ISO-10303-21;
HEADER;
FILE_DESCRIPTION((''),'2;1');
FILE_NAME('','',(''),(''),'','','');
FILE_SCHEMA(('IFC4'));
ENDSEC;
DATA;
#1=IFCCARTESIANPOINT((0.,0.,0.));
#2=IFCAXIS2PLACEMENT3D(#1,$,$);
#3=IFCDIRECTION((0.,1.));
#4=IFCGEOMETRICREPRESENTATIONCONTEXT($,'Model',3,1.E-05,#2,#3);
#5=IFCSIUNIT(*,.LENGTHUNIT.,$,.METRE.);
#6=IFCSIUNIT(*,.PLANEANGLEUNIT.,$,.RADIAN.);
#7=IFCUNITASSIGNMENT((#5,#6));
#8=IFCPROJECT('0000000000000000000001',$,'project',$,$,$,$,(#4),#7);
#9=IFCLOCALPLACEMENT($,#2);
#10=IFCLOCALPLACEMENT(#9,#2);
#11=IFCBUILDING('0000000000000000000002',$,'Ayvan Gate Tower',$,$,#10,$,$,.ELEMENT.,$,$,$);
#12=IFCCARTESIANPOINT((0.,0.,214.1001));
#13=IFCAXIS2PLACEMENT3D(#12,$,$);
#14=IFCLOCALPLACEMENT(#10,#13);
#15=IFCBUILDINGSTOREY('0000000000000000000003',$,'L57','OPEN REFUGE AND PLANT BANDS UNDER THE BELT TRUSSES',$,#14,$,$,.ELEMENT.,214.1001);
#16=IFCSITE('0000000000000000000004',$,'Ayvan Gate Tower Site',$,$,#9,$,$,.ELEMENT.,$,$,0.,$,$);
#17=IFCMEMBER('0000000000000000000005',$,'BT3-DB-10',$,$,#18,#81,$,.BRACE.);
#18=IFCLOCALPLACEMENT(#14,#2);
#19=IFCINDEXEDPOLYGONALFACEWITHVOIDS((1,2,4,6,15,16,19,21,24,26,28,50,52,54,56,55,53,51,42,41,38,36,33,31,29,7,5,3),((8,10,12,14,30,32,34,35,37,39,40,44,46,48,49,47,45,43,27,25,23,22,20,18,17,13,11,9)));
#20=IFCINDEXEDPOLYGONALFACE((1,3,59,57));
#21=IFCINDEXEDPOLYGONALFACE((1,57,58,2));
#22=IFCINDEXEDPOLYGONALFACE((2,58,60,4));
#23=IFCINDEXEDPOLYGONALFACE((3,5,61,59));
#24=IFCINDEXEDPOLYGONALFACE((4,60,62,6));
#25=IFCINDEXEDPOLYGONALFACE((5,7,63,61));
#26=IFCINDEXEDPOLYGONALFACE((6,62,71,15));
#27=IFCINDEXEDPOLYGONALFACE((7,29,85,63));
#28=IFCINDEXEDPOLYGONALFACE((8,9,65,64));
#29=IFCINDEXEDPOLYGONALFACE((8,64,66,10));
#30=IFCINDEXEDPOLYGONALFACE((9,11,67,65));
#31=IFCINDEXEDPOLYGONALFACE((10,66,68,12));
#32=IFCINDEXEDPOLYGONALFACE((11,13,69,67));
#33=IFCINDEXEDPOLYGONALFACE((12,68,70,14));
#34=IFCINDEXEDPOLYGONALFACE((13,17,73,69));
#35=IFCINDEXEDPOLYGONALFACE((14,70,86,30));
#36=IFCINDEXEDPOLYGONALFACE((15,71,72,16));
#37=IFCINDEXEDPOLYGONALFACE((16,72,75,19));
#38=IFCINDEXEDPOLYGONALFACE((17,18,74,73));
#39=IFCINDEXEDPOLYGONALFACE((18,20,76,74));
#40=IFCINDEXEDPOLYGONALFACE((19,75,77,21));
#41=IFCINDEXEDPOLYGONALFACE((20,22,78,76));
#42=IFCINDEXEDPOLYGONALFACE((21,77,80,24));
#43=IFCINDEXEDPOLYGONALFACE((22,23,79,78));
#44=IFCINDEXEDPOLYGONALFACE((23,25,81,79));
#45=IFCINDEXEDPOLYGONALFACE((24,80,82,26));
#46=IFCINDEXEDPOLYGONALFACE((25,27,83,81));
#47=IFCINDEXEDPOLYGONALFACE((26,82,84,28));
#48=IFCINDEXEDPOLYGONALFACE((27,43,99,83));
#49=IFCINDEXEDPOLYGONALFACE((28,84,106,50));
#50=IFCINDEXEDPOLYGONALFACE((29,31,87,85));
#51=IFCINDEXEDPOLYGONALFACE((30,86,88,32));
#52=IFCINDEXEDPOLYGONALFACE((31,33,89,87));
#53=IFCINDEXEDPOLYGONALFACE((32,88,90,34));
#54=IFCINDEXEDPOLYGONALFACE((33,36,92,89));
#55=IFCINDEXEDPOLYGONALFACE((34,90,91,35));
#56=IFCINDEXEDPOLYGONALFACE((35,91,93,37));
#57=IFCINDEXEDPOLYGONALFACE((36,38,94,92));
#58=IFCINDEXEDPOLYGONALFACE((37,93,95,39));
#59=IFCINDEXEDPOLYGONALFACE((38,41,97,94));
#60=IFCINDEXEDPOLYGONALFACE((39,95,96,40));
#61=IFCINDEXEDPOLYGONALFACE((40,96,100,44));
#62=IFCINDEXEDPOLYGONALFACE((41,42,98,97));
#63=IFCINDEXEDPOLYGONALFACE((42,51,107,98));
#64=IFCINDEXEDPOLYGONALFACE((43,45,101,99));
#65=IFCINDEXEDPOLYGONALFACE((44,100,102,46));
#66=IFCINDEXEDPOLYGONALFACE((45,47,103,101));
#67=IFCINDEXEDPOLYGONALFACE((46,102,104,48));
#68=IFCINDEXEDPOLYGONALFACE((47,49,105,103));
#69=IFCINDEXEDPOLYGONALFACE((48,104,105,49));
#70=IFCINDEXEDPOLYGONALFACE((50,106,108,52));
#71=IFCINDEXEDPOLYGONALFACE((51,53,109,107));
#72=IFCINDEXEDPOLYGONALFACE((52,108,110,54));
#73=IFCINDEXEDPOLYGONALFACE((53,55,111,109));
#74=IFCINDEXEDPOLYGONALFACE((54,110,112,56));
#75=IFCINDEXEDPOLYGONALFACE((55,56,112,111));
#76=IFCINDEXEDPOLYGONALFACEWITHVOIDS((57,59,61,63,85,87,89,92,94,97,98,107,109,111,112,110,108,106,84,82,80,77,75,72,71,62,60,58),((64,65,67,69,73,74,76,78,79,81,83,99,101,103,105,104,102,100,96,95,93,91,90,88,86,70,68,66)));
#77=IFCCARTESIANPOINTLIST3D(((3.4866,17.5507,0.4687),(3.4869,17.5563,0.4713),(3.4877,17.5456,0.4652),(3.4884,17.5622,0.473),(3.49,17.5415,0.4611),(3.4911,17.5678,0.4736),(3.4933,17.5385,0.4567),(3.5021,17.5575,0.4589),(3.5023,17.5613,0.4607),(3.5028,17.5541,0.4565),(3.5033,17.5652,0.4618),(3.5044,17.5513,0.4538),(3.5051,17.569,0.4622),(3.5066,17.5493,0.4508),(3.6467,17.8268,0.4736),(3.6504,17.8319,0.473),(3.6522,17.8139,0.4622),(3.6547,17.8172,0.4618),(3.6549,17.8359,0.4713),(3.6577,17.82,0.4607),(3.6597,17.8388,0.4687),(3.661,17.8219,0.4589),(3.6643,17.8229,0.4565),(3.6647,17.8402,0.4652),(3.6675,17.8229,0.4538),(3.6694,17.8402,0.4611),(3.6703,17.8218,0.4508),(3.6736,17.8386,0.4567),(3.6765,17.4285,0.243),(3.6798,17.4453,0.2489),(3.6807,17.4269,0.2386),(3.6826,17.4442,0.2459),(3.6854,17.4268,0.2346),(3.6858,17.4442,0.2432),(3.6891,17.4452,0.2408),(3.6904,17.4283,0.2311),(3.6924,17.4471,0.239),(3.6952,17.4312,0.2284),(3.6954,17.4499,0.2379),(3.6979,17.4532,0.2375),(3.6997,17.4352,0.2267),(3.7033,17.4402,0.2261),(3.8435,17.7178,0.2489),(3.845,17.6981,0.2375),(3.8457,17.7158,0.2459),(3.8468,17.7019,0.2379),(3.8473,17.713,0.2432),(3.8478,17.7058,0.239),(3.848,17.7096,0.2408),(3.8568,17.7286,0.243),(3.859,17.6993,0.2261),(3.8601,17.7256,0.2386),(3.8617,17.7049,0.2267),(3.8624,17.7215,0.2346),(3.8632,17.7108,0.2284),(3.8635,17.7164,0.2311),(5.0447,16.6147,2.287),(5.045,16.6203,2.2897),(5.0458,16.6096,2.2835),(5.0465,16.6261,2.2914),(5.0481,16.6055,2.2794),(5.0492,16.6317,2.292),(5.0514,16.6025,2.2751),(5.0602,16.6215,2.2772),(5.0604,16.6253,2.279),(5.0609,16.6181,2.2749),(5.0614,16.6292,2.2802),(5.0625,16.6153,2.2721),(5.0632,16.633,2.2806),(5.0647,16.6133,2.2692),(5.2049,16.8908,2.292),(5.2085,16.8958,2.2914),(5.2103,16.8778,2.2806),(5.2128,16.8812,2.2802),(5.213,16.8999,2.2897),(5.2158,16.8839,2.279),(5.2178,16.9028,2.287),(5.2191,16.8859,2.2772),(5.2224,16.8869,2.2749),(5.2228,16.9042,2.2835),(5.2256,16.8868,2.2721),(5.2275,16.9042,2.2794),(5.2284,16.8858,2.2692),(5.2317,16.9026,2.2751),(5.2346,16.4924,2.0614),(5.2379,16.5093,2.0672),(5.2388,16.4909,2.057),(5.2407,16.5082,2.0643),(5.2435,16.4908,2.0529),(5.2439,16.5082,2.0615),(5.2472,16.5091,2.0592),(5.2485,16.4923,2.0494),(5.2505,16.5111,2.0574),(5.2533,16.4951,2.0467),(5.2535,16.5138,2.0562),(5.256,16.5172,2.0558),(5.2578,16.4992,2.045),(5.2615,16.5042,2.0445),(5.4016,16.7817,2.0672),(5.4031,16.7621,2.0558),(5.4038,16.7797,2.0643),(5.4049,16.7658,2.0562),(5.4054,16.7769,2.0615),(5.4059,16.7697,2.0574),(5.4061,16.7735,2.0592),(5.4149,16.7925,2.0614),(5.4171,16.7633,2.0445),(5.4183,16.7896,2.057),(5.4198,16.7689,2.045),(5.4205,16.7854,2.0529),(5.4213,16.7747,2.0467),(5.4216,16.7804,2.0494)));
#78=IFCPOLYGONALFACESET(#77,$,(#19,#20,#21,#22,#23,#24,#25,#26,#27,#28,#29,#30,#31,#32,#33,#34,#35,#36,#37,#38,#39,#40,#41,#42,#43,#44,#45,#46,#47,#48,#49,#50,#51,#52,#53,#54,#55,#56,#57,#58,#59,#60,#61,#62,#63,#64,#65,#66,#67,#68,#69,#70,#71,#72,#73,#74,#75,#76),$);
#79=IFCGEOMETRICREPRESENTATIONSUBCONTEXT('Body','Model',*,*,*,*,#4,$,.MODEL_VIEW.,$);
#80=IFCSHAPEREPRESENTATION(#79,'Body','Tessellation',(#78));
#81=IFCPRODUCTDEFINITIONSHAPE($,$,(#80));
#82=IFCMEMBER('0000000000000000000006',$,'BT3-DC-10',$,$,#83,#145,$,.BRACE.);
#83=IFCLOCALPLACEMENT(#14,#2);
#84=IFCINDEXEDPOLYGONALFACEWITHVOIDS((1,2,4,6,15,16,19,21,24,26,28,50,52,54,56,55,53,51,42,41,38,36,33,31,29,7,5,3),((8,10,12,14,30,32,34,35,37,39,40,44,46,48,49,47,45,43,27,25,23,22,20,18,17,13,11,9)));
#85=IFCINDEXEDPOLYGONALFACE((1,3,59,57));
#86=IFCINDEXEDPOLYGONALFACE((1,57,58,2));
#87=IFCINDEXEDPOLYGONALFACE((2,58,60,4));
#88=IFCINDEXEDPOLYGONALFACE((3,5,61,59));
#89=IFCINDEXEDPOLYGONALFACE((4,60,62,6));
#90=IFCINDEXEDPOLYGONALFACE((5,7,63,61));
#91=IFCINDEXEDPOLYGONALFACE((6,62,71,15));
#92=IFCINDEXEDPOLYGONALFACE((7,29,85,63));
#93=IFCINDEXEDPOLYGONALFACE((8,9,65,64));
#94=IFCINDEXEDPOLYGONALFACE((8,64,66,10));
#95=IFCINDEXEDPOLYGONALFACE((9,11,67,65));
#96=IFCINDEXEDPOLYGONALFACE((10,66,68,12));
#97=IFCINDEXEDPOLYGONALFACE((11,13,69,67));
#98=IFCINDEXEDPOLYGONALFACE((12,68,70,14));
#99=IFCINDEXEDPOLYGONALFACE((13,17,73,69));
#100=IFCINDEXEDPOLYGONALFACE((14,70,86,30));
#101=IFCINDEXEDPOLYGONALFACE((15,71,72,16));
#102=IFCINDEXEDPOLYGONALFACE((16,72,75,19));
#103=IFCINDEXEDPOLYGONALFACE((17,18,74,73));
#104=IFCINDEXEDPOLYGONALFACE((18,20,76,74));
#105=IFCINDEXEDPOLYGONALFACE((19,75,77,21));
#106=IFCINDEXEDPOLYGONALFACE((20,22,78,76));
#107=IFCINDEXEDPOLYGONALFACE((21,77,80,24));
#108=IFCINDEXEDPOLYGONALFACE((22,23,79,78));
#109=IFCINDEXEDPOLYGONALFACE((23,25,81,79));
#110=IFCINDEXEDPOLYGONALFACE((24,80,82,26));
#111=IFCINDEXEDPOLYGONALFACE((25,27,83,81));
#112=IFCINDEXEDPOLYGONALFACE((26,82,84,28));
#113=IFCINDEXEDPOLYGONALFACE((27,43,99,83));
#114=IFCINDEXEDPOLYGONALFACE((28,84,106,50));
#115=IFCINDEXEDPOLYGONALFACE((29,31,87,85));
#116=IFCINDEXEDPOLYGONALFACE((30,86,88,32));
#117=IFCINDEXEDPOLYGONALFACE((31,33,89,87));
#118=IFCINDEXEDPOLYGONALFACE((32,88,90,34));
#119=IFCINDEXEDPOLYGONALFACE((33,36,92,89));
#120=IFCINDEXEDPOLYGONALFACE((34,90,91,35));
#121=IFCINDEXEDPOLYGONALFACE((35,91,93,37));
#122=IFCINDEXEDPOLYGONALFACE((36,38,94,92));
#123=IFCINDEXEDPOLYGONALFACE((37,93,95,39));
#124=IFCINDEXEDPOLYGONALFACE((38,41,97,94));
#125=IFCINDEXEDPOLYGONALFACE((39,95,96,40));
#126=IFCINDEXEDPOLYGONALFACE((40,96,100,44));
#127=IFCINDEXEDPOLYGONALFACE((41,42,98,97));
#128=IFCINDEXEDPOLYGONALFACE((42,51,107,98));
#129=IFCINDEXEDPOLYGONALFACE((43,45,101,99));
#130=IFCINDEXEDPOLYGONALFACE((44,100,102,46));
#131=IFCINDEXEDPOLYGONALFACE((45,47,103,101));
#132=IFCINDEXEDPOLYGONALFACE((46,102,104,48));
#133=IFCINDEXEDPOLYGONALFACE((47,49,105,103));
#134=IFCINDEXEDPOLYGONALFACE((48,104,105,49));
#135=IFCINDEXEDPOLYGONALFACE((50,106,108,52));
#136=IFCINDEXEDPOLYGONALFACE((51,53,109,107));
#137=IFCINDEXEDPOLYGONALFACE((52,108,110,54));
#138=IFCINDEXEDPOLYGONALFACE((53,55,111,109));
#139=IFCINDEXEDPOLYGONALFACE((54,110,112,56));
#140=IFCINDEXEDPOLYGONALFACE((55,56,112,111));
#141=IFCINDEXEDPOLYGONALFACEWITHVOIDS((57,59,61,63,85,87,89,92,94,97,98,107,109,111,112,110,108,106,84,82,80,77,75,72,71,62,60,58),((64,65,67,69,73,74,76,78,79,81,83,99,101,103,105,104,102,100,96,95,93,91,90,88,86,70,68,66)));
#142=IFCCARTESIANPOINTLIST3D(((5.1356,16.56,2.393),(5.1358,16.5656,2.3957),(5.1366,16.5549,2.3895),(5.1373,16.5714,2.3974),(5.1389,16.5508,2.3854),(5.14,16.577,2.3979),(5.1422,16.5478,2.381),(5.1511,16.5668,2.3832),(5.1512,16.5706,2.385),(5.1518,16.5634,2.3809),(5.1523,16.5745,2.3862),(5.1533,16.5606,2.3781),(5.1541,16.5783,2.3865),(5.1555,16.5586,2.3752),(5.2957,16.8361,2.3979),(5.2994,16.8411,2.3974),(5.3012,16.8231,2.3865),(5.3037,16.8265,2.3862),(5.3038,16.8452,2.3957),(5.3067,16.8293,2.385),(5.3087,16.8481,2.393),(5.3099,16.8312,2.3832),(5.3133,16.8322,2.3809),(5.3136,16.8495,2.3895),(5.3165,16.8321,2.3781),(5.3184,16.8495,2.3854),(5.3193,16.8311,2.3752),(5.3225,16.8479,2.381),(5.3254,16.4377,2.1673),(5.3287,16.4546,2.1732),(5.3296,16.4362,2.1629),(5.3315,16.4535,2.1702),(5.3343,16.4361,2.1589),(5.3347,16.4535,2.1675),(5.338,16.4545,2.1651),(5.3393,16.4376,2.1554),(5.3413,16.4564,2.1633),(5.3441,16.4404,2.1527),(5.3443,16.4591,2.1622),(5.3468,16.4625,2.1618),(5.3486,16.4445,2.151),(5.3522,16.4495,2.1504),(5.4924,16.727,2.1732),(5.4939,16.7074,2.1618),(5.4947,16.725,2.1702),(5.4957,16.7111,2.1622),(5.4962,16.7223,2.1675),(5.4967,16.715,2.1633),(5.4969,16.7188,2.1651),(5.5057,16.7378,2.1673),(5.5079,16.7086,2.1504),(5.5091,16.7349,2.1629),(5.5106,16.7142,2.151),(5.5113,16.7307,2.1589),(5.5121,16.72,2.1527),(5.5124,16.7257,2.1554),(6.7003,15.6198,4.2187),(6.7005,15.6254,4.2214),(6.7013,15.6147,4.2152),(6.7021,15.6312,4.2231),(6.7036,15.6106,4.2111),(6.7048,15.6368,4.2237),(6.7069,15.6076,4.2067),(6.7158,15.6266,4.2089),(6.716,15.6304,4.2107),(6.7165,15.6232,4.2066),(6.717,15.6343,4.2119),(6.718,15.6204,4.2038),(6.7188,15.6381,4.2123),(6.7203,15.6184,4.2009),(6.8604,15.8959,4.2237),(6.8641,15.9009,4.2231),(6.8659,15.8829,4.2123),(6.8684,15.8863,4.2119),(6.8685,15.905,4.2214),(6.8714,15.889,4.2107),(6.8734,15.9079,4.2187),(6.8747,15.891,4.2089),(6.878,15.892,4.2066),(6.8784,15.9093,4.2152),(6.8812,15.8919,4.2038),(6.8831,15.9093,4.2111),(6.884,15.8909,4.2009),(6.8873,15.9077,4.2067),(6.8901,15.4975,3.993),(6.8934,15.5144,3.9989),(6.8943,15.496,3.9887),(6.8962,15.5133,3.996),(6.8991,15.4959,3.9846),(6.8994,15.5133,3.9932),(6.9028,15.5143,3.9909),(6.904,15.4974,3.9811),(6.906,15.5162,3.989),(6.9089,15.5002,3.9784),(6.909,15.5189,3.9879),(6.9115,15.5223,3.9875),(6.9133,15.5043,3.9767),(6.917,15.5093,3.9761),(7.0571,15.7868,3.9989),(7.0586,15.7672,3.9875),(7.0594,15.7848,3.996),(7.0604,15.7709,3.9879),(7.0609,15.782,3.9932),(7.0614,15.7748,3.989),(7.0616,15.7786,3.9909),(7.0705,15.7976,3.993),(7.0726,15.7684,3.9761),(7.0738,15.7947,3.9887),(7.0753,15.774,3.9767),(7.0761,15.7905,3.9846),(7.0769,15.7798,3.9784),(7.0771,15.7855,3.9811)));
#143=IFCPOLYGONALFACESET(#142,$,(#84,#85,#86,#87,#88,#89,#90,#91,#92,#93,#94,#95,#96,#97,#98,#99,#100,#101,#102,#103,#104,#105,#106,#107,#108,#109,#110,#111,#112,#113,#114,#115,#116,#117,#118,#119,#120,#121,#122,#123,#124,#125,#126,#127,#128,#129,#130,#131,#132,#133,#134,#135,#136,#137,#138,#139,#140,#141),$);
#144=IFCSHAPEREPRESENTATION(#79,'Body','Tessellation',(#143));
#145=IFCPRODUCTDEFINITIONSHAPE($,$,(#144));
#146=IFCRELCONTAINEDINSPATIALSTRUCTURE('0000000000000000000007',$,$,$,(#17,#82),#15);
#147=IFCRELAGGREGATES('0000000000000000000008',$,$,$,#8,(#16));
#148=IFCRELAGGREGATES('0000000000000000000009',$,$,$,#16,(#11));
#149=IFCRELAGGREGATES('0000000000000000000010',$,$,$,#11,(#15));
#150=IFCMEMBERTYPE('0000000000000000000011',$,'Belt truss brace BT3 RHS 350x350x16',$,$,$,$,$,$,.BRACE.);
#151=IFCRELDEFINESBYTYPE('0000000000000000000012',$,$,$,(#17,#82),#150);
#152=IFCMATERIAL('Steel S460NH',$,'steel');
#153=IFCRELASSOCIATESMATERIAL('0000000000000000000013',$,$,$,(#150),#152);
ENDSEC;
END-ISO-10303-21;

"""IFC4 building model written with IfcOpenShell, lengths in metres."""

from ifc_helpers import new_model, si_unit, direction, frame, origin, origin_2d, place, context, subcontext, project, spatial, hollow_rectangle, extrude, material, material_profile, profile_set, type_object, element, save


model = new_model("IFC4")

# Units and contexts
model_context = context("Model", 3, precision=1e-05, world=origin(), true_north=direction((0.0, 1.0)))
body_context = subcontext(model_context, "Body", "Model", "MODEL_VIEW")
ifc_project = project(units=[si_unit("LENGTHUNIT", "METRE"), si_unit("PLANEANGLEUNIT", "RADIAN")], contexts=[model_context])

# Site, building, storey
site_placement = place(None, origin())
site = spatial("IfcSite", under=ifc_project, at=site_placement, Name="Ayvan Gate Tower Site", CompositionType="ELEMENT", RefElevation=0.0)
building_placement = place(site_placement, origin())
building = spatial("IfcBuilding", under=site, at=building_placement, Name="Ayvan Gate Tower", CompositionType="ELEMENT")
storey_placement = place(building_placement, frame((0.0, 0.0, 214.1001)))
storey = spatial("IfcBuildingStorey", under=building, at=storey_placement, Name="L57", Description="OPEN REFUGE AND PLANT BANDS UNDER THE BELT TRUSSES", CompositionType="ELEMENT", Elevation=214.1001)

# Members
ifc_material_1 = material(Name="Steel S460NH", Category="steel")
ifc_material_profile_1 = material_profile(ifc_material_1, hollow_rectangle(XDim=0.3501, YDim=0.3501, WallThickness=0.0161, InnerFilletRadius=0.0161, OuterFilletRadius=0.0239, at=origin_2d()), Name="RHS 350x350x16")
ifc_profile_set_1 = profile_set([ifc_material_profile_1], Name="Steel S460NH")
member_type_1 = type_object("IfcMemberType", Name="Belt truss brace BT3 RHS 350x350x16", PredefinedType="BRACE", material=ifc_profile_set_1)
member_1_placement = place(storey_placement, frame((3.675, 17.6335, 0.3499), z_axis=(0.60602, -0.364068, 0.707245), x_axis=(0.51497, 0.857208, 0.0)))
element("IfcMember", 1, at=member_1_placement, inside=storey, type_object=member_type_1, Name="BT3-DB-10", PredefinedType="BRACE", context=body_context, shape_type="SweptSolid", body=[
    extrude(hollow_rectangle(XDim=0.3501, YDim=0.3501, WallThickness=0.0161, InnerFilletRadius=0.0161, OuterFilletRadius=0.0239, at=origin_2d()), origin(), (0.0, 0.0, 1.0), 2.571),
])
member_2_placement = place(storey_placement, frame((5.324, 16.6428, 2.2742), z_axis=(0.606065, -0.364168, 0.707154), x_axis=(0.515046, 0.857162, 0.0)))
element("IfcMember", 2, at=member_2_placement, inside=storey, type_object=member_type_1, Name="BT3-DC-10", PredefinedType="BRACE", context=body_context, shape_type="SweptSolid", body=[
    extrude(hollow_rectangle(XDim=0.3501, YDim=0.3501, WallThickness=0.0161, InnerFilletRadius=0.0161, OuterFilletRadius=0.0239, at=origin_2d()), origin(), (0.0, 0.0, 1.0), 2.5818),
])

save(model, "model.ifc")
